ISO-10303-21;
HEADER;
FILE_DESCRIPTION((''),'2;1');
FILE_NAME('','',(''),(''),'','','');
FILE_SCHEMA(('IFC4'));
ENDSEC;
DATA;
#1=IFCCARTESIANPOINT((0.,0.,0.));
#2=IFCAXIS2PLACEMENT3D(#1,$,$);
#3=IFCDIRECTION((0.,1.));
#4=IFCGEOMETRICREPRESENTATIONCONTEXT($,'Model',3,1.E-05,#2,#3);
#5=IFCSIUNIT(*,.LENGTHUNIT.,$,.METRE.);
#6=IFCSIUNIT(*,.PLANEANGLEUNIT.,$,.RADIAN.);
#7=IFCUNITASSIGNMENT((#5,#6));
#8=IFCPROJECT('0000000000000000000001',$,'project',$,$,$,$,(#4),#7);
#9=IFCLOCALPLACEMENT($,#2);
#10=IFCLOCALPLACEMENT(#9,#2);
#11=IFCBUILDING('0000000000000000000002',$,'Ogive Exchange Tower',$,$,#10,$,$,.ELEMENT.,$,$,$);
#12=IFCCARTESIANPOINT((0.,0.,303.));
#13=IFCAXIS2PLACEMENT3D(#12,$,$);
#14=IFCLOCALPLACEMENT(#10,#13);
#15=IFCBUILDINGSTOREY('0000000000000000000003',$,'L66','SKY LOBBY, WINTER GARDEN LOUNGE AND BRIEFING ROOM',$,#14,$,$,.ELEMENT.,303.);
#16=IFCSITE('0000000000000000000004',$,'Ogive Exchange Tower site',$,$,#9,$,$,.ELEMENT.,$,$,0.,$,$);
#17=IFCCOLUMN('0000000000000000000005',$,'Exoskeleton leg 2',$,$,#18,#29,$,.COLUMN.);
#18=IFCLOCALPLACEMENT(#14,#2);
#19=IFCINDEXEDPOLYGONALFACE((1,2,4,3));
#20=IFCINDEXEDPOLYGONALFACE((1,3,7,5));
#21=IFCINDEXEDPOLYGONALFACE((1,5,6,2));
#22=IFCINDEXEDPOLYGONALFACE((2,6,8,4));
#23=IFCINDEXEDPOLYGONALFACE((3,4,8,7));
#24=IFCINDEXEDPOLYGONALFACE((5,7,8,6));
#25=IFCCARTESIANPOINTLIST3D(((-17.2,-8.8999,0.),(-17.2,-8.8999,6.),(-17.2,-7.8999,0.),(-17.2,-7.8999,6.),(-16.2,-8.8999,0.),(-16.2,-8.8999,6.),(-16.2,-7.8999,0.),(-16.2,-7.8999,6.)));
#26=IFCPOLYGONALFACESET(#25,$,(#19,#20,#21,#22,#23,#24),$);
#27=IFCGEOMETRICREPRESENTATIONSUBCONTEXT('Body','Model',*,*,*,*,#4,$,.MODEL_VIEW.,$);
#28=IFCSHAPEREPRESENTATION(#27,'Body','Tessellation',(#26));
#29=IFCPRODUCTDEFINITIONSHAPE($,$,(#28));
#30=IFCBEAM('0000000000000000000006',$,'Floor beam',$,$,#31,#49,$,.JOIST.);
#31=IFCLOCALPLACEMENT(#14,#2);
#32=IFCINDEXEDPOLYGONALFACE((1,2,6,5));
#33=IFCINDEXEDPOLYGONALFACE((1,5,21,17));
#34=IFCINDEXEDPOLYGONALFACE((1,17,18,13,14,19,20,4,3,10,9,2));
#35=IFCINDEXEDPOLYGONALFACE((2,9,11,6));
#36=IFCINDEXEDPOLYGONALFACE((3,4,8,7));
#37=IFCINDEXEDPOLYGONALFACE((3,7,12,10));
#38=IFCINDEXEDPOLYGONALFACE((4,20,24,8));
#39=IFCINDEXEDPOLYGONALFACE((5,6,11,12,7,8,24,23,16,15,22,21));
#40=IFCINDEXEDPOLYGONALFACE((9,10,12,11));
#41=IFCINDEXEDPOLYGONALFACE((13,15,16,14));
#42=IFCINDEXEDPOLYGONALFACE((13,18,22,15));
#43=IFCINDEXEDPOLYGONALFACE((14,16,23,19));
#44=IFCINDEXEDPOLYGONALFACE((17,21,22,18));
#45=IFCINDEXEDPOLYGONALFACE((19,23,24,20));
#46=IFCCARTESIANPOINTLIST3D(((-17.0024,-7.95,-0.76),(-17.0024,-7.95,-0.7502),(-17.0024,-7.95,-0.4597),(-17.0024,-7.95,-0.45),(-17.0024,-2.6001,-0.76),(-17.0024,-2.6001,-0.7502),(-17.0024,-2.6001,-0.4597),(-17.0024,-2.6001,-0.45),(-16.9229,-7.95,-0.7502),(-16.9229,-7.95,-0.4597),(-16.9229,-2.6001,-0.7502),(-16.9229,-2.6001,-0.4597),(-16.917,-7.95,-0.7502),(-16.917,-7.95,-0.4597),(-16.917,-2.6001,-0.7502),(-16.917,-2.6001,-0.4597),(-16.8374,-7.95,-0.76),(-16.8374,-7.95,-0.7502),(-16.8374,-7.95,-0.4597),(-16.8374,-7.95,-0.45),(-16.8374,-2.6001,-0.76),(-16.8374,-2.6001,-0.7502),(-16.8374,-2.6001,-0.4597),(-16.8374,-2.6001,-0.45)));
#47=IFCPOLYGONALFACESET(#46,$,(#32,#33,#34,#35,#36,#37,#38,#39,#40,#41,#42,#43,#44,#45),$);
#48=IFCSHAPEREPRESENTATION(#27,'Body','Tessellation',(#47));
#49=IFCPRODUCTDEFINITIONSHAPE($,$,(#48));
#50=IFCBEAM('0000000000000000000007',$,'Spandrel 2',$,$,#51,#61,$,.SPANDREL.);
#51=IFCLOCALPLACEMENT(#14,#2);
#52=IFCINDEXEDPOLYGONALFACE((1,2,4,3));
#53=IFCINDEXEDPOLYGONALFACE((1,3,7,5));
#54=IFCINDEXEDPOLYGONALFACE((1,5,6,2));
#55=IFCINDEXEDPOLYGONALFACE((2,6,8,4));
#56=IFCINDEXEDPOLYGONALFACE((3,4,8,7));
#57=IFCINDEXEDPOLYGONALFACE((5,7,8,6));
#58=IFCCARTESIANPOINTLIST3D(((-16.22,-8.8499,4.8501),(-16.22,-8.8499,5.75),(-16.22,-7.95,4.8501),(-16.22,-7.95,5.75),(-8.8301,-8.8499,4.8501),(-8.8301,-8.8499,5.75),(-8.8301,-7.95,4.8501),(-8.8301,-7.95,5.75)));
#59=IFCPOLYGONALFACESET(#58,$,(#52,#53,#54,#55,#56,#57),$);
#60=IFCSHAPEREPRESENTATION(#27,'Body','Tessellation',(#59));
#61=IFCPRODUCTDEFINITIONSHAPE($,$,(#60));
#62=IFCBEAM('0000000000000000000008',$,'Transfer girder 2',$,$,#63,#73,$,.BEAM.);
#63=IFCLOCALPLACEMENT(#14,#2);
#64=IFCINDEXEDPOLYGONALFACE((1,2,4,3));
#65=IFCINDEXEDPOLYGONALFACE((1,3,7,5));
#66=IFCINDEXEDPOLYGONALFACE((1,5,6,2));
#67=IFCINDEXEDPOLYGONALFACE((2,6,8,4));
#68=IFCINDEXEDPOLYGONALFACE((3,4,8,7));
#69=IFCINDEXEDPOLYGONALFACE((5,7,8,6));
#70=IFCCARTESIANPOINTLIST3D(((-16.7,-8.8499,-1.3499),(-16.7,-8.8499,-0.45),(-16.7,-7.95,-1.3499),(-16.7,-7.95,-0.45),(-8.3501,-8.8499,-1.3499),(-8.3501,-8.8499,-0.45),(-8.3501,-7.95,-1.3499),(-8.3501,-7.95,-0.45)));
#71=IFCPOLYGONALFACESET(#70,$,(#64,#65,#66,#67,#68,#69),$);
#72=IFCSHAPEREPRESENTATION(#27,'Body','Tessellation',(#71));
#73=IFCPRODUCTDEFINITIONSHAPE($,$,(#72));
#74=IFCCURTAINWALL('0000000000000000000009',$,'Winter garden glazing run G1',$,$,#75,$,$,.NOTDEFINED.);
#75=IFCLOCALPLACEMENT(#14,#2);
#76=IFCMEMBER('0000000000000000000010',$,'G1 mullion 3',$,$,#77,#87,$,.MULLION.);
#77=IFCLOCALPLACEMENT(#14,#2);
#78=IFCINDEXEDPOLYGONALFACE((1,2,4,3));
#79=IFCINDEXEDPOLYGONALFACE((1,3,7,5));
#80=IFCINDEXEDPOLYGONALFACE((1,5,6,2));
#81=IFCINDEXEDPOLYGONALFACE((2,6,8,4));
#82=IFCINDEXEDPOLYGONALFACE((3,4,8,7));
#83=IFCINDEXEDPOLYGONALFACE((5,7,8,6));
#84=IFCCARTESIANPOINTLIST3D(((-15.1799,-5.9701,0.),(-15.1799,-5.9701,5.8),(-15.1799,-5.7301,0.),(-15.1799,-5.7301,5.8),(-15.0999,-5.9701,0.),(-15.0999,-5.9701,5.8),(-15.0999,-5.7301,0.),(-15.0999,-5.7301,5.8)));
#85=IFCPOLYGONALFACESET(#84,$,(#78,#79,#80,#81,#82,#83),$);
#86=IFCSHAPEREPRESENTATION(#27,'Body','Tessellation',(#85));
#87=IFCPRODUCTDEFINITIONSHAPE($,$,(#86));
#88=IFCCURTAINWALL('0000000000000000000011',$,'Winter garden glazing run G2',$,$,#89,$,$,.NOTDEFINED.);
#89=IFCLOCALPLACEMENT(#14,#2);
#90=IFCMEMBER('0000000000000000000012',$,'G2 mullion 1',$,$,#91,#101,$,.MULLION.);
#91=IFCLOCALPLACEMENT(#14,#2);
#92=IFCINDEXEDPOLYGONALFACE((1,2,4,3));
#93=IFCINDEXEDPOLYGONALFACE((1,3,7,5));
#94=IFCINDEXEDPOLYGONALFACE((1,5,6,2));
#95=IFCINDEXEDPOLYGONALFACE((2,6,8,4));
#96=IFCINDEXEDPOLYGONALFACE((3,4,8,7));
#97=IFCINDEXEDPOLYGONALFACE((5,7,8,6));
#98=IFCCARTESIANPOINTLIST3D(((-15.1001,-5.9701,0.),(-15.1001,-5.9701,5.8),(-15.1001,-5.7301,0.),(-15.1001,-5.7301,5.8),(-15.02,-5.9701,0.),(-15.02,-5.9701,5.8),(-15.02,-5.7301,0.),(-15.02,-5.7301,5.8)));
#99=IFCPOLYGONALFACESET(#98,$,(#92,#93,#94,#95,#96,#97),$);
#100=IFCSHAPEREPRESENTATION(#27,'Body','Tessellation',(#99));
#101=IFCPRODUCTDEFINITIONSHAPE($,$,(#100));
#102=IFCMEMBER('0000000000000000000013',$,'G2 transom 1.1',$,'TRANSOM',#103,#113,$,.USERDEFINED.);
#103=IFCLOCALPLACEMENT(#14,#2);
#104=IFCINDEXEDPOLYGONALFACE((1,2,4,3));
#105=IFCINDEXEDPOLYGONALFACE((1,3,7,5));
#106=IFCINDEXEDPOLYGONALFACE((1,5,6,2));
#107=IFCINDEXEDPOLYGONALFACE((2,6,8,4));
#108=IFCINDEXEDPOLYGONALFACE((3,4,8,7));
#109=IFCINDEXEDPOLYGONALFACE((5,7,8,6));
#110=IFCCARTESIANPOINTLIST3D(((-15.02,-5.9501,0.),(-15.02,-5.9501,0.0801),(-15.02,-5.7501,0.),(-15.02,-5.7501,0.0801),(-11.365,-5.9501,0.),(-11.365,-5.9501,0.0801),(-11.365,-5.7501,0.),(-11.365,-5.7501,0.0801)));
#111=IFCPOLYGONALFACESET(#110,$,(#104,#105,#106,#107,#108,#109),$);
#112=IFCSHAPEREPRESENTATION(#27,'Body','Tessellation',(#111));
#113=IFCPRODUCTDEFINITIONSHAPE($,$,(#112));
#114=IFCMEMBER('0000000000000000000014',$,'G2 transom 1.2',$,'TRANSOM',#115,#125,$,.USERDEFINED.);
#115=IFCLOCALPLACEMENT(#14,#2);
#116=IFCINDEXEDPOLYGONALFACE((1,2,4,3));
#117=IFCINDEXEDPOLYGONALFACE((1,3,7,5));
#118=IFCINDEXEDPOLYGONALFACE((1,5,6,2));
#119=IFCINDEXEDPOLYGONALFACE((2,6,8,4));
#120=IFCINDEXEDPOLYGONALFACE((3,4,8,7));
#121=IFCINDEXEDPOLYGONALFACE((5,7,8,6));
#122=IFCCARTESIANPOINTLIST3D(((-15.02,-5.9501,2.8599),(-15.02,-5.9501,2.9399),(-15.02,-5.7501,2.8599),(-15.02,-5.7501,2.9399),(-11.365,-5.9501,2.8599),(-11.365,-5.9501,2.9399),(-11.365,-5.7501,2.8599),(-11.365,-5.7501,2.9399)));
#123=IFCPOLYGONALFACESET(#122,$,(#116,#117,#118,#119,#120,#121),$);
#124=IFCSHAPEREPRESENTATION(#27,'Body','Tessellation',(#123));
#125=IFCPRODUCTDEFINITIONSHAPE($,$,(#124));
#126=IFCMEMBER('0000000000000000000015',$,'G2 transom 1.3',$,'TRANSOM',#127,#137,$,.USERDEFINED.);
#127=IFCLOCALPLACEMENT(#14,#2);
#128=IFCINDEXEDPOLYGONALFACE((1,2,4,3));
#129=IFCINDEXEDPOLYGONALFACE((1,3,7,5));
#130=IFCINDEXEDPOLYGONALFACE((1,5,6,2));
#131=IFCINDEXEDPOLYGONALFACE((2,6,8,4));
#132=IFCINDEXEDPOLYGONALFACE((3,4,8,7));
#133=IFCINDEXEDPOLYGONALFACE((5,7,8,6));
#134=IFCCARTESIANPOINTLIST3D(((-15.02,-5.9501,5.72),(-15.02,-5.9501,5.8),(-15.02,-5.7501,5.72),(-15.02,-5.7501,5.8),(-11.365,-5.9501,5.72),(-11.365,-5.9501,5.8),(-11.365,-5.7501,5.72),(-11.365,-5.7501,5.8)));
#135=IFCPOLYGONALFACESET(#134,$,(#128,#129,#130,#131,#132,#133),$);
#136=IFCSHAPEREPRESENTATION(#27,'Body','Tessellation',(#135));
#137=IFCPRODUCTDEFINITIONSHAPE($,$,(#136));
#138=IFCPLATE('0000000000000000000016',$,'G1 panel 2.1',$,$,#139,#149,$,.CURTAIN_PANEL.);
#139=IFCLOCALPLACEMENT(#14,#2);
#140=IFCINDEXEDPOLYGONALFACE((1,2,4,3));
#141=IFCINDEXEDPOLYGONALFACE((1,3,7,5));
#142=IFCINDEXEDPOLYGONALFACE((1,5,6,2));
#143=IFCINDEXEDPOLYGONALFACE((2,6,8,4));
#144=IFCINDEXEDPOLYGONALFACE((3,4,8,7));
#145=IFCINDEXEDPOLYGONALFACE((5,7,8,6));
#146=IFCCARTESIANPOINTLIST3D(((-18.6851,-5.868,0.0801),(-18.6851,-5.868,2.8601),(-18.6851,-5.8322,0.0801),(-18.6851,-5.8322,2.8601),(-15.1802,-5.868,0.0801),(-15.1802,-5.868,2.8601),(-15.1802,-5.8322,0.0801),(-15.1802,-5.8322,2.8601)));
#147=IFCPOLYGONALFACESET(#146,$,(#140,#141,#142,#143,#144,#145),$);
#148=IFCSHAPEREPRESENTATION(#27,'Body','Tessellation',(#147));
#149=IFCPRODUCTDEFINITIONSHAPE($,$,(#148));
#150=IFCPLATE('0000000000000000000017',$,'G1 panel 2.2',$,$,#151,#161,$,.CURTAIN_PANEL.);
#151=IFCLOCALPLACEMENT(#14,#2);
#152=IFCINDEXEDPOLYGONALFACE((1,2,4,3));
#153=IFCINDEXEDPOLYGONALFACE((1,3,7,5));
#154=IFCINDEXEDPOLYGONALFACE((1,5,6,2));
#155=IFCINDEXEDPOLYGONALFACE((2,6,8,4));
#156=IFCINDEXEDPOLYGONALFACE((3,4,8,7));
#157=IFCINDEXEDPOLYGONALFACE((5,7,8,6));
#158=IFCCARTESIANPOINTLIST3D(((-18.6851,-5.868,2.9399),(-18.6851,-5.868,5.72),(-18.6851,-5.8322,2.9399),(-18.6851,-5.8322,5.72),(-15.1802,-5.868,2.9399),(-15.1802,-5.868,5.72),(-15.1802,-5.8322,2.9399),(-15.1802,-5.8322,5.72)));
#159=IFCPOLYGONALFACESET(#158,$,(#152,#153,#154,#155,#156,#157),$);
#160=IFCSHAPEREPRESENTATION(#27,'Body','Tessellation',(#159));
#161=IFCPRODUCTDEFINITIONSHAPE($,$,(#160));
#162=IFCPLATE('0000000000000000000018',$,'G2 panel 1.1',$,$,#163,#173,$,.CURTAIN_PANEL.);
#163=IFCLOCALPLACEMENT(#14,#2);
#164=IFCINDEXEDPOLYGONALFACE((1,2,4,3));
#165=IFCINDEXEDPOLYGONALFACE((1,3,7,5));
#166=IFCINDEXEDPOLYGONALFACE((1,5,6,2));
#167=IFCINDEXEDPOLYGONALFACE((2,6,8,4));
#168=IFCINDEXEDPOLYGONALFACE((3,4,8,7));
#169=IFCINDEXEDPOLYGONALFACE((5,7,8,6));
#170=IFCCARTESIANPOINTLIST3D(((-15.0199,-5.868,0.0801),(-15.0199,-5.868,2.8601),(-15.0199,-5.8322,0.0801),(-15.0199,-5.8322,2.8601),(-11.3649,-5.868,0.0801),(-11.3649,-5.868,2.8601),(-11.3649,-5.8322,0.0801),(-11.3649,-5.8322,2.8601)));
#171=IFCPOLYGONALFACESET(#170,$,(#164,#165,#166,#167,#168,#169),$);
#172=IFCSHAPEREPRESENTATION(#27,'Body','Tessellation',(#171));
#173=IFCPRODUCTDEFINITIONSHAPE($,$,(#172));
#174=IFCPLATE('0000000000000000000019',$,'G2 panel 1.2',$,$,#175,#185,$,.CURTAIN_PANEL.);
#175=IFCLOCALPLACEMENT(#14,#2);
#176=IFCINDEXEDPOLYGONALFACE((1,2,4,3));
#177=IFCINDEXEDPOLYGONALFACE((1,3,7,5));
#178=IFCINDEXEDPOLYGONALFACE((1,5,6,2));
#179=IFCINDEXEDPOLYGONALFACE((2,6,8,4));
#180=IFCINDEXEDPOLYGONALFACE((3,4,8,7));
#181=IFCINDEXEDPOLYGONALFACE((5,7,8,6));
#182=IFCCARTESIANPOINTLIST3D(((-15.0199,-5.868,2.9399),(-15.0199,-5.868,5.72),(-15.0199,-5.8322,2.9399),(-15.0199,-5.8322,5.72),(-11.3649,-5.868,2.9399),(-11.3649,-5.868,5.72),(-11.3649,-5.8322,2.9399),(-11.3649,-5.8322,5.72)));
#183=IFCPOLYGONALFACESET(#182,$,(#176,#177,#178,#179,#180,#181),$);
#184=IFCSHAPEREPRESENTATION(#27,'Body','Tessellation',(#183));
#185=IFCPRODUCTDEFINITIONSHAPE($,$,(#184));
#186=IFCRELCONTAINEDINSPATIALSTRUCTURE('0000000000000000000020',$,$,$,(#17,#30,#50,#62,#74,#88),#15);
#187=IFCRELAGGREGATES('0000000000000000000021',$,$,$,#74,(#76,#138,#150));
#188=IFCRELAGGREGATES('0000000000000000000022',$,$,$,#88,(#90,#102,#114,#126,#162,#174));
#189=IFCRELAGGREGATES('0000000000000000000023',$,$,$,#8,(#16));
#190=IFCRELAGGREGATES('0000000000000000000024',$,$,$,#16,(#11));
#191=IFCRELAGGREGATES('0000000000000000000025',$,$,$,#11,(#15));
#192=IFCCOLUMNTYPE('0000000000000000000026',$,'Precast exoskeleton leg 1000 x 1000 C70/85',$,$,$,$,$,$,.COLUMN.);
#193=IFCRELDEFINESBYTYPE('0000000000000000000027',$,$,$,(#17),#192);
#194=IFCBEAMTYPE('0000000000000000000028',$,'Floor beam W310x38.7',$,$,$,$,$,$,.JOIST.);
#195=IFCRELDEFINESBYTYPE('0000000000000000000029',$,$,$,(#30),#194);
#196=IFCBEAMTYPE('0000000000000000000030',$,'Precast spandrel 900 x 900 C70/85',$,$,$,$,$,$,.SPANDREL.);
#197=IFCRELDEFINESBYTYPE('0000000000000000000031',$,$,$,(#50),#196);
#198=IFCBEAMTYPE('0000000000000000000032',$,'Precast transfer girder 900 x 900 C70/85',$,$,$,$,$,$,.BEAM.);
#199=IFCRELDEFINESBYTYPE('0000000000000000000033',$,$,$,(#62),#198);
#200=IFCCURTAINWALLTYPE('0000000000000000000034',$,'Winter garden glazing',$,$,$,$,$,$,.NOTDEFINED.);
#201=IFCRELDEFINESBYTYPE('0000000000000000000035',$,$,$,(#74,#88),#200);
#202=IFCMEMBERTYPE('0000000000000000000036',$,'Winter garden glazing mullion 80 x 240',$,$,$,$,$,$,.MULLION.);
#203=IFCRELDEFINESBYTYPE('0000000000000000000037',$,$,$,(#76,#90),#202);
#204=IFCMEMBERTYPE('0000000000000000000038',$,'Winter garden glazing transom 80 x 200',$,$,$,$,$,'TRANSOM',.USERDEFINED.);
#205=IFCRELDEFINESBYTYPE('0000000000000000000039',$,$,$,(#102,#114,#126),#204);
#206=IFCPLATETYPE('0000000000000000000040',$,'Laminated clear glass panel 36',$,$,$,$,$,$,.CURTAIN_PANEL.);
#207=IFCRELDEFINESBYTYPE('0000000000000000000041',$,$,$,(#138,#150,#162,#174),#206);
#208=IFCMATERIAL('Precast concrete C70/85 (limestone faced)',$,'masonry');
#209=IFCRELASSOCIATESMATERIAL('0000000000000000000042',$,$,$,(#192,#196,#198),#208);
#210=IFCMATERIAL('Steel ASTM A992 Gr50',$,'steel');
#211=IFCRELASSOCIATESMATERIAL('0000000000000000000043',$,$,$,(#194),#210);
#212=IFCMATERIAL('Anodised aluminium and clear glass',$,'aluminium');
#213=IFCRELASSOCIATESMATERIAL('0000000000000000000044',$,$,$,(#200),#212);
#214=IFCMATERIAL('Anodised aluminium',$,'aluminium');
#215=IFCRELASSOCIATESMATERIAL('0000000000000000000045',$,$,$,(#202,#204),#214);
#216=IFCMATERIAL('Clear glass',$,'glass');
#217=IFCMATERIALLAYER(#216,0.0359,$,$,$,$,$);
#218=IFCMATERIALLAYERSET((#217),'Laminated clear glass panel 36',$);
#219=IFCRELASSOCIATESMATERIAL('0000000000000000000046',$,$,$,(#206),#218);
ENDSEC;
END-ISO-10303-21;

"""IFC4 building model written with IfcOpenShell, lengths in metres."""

from ifc_helpers import new_model, si_unit, direction, frame, origin, origin_2d, place, context, subcontext, project, spatial, rectangle, i_section, extrude, material, layer, layer_set, material_profile, profile_set, type_object, element, aggregate, save


model = new_model("IFC4")

# Units and contexts
model_context = context("Model", 3, precision=1e-05, world=origin(), true_north=direction((0.0, 1.0)))
body_context = subcontext(model_context, "Body", "Model", "MODEL_VIEW")
ifc_project = project(units=[si_unit("LENGTHUNIT", "METRE"), si_unit("PLANEANGLEUNIT", "RADIAN")], contexts=[model_context])

# Site, building, storey
site_placement = place(None, origin())
site = spatial("IfcSite", under=ifc_project, at=site_placement, Name="Ogive Exchange Tower site", CompositionType="ELEMENT", RefElevation=0.0)
building_placement = place(site_placement, origin())
building = spatial("IfcBuilding", under=site, at=building_placement, Name="Ogive Exchange Tower", CompositionType="ELEMENT")
storey_placement = place(building_placement, frame((0.0, 0.0, 303.0)))
storey = spatial("IfcBuildingStorey", under=building, at=storey_placement, Name="L66", Description="SKY LOBBY, WINTER GARDEN LOUNGE AND BRIEFING ROOM", CompositionType="ELEMENT", Elevation=303.0)

# Column
ifc_material_1 = material(Name="Precast concrete C70/85 (limestone faced)", Category="masonry")
ifc_material_profile_1 = material_profile(ifc_material_1, rectangle(XDim=1.0, YDim=1.0, at=origin_2d()), Name="1000 x 1000")
ifc_profile_set_1 = profile_set([ifc_material_profile_1], Name="Precast concrete C70/85 (limestone faced)")
column_type = type_object("IfcColumnType", Name="Precast exoskeleton leg 1000 x 1000 C70/85", PredefinedType="COLUMN", material=ifc_profile_set_1)
column_placement = place(storey_placement, frame((-16.7, -8.3999, 0.0), z_axis=(0.0, 0.0, 1.0), x_axis=(1.0, 0.0, 0.0)))
element("IfcColumn", 1, at=column_placement, inside=storey, type_object=column_type, Name="Exoskeleton leg 2", PredefinedType="COLUMN", context=body_context, shape_type="SweptSolid", body=[
    extrude(rectangle(XDim=1.0, YDim=1.0, at=origin_2d()), origin(), (0.0, 0.0, 1.0), 6.0),
])

# Beams
ifc_material_2 = material(Name="Steel ASTM A992 Gr50", Category="steel")
ifc_material_profile_2 = material_profile(ifc_material_2, i_section(OverallWidth=0.165, OverallDepth=0.3101, WebThickness=0.0059, FlangeThickness=0.0098, at=origin_2d()), Name="W310x38.7")
ifc_profile_set_2 = profile_set([ifc_material_profile_2], Name="Steel ASTM A992 Gr50")
beam_type_1 = type_object("IfcBeamType", Name="Floor beam W310x38.7", PredefinedType="JOIST", material=ifc_profile_set_2)
beam_1_placement = place(storey_placement, frame((-16.9199, -7.95, -0.605), z_axis=(0.0, 1.0, 0.0), x_axis=(-1.0, 0.0, 0.0)))
element("IfcBeam", 2, at=beam_1_placement, inside=storey, type_object=beam_type_1, Name="Floor beam", PredefinedType="JOIST", context=body_context, shape_type="SweptSolid", body=[
    extrude(i_section(OverallWidth=0.165, OverallDepth=0.3101, WebThickness=0.0059, FlangeThickness=0.0098, at=origin_2d()), origin(), (0.0, 0.0, 1.0), 5.3499),
])
ifc_material_profile_3 = material_profile(ifc_material_1, rectangle(XDim=0.8999, YDim=0.8999, at=origin_2d()), Name="900 x 900")
ifc_profile_set_3 = profile_set([ifc_material_profile_3], Name="Precast concrete C70/85 (limestone faced)")
beam_type_2 = type_object("IfcBeamType", Name="Precast spandrel 900 x 900 C70/85", PredefinedType="SPANDREL", material=ifc_profile_set_3)
beam_2_placement = place(storey_placement, frame((-16.22, -8.3999, 5.3), z_axis=(1.0, 0.0, 0.0), x_axis=(0.0, 1.0, 0.0)))
element("IfcBeam", 3, at=beam_2_placement, inside=storey, type_object=beam_type_2, Name="Spandrel 2", PredefinedType="SPANDREL", context=body_context, shape_type="SweptSolid", body=[
    extrude(rectangle(XDim=0.8999, YDim=0.8999, at=origin_2d()), origin(), (0.0, 0.0, 1.0), 7.3899),
])
ifc_material_profile_4 = material_profile(ifc_material_1, rectangle(XDim=0.8999, YDim=0.8999, at=origin_2d()), Name="900 x 900")
ifc_profile_set_4 = profile_set([ifc_material_profile_4], Name="Precast concrete C70/85 (limestone faced)")
beam_type_3 = type_object("IfcBeamType", Name="Precast transfer girder 900 x 900 C70/85", PredefinedType="BEAM", material=ifc_profile_set_4)
beam_3_placement = place(storey_placement, frame((-16.7, -8.3999, -0.8999), z_axis=(1.0, 0.0, 0.0), x_axis=(0.0, 1.0, 0.0)))
element("IfcBeam", 4, at=beam_3_placement, inside=storey, type_object=beam_type_3, Name="Transfer girder 2", PredefinedType="BEAM", context=body_context, shape_type="SweptSolid", body=[
    extrude(rectangle(XDim=0.8999, YDim=0.8999, at=origin_2d()), origin(), (0.0, 0.0, 1.0), 8.3499),
])

# Curtain wall, member
ifc_material_3 = material(Name="Anodised aluminium and clear glass", Category="aluminium")
curtain_wall_type = type_object("IfcCurtainWallType", Name="Winter garden glazing", PredefinedType="NOTDEFINED", material=ifc_material_3)
curtain_wall_1_placement = place(storey_placement, origin())
curtain_wall_1 = element("IfcCurtainWall", 5, at=curtain_wall_1_placement, inside=storey, type_object=curtain_wall_type, Name="Winter garden glazing run G1", PredefinedType="NOTDEFINED")
ifc_material_4 = material(Name="Anodised aluminium", Category="aluminium")
ifc_material_profile_5 = material_profile(ifc_material_4, rectangle(XDim=0.24, YDim=0.0801, at=origin_2d()), Name="AL 80x240")
ifc_profile_set_5 = profile_set([ifc_material_profile_5], Name="Anodised aluminium")
member_type_1 = type_object("IfcMemberType", Name="Winter garden glazing mullion 80 x 240", PredefinedType="MULLION", material=ifc_profile_set_5)
member_1_placement = place(storey_placement, frame((-15.1399, -5.8501, 0.0), z_axis=(0.0, 0.0, 1.0), x_axis=(0.0, 1.0, 0.0)))
member_1 = element("IfcMember", 6, at=member_1_placement, type_object=member_type_1, Name="G1 mullion 3", PredefinedType="MULLION", context=body_context, shape_type="SweptSolid", body=[
    extrude(rectangle(XDim=0.24, YDim=0.0801, at=origin_2d()), origin(), (0.0, 0.0, 1.0), 5.8),
])

# Curtain wall, members
curtain_wall_2_placement = place(storey_placement, origin())
curtain_wall_2 = element("IfcCurtainWall", 7, at=curtain_wall_2_placement, inside=storey, type_object=curtain_wall_type, Name="Winter garden glazing run G2", PredefinedType="NOTDEFINED")
member_2_placement = place(storey_placement, frame((-15.0601, -5.8501, 0.0), z_axis=(0.0, 0.0, 1.0), x_axis=(0.0, 1.0, 0.0)))
member_2 = element("IfcMember", 8, at=member_2_placement, type_object=member_type_1, Name="G2 mullion 1", PredefinedType="MULLION", context=body_context, shape_type="SweptSolid", body=[
    extrude(rectangle(XDim=0.24, YDim=0.0801, at=origin_2d()), origin(), (0.0, 0.0, 1.0), 5.8),
])
ifc_material_profile_6 = material_profile(ifc_material_4, rectangle(XDim=0.2, YDim=0.0801, at=origin_2d()), Name="AL 80x200")
ifc_profile_set_6 = profile_set([ifc_material_profile_6], Name="Anodised aluminium")
member_type_2 = type_object("IfcMemberType", Name="Winter garden glazing transom 80 x 200", ElementType="TRANSOM", PredefinedType="USERDEFINED", material=ifc_profile_set_6)
member_3_placement = place(storey_placement, frame((-15.02, -5.8501, 0.04), z_axis=(1.0, 0.0, 0.0), x_axis=(0.0, 1.0, 0.0)))
member_3 = element("IfcMember", 9, at=member_3_placement, type_object=member_type_2, Name="G2 transom 1.1", ObjectType="TRANSOM", PredefinedType="USERDEFINED", context=body_context, shape_type="SweptSolid", body=[
    extrude(rectangle(XDim=0.2, YDim=0.0801, at=origin_2d()), origin(), (0.0, 0.0, 1.0), 3.655),
])
member_4_placement = place(storey_placement, frame((-15.02, -5.8501, 2.8999), z_axis=(1.0, 0.0, 0.0), x_axis=(0.0, 1.0, 0.0)))
member_4 = element("IfcMember", 10, at=member_4_placement, type_object=member_type_2, Name="G2 transom 1.2", ObjectType="TRANSOM", PredefinedType="USERDEFINED", context=body_context, shape_type="SweptSolid", body=[
    extrude(rectangle(XDim=0.2, YDim=0.0801, at=origin_2d()), origin(), (0.0, 0.0, 1.0), 3.655),
])
member_5_placement = place(storey_placement, frame((-15.02, -5.8501, 5.76), z_axis=(1.0, 0.0, 0.0), x_axis=(0.0, 1.0, 0.0)))
member_5 = element("IfcMember", 11, at=member_5_placement, type_object=member_type_2, Name="G2 transom 1.3", ObjectType="TRANSOM", PredefinedType="USERDEFINED", context=body_context, shape_type="SweptSolid", body=[
    extrude(rectangle(XDim=0.2, YDim=0.0801, at=origin_2d()), origin(), (0.0, 0.0, 1.0), 3.655),
])

# Plates
ifc_material_5 = material(Name="Clear glass", Category="glass")
ifc_layer_1 = layer(ifc_material_5, 0.0359)
ifc_layer_set_1 = layer_set([ifc_layer_1], Name="Laminated clear glass panel 36")
plate_type = type_object("IfcPlateType", Name="Laminated clear glass panel 36", PredefinedType="CURTAIN_PANEL", material=ifc_layer_set_1)
plate_1_placement = place(storey_placement, frame((-16.9326, -5.8501, 0.0801), z_axis=(0.0, 0.0, 1.0), x_axis=(1.0, 0.0, 0.0)))
plate_1 = element("IfcPlate", 12, at=plate_1_placement, type_object=plate_type, Name="G1 panel 2.1", PredefinedType="CURTAIN_PANEL", context=body_context, shape_type="SweptSolid", body=[
    extrude(rectangle(XDim=3.5049, YDim=0.0359, at=origin_2d()), origin(), (0.0, 0.0, 1.0), 2.78),
])
plate_2_placement = place(storey_placement, frame((-16.9326, -5.8501, 2.9399), z_axis=(0.0, 0.0, 1.0), x_axis=(1.0, 0.0, 0.0)))
plate_2 = element("IfcPlate", 13, at=plate_2_placement, type_object=plate_type, Name="G1 panel 2.2", PredefinedType="CURTAIN_PANEL", context=body_context, shape_type="SweptSolid", body=[
    extrude(rectangle(XDim=3.5049, YDim=0.0359, at=origin_2d()), origin(), (0.0, 0.0, 1.0), 2.78),
])
aggregate(curtain_wall_1, [member_1, plate_1, plate_2])
plate_3_placement = place(storey_placement, frame((-13.1924, -5.8501, 0.0801), z_axis=(0.0, 0.0, 1.0), x_axis=(1.0, 0.0, 0.0)))
plate_3 = element("IfcPlate", 14, at=plate_3_placement, type_object=plate_type, Name="G2 panel 1.1", PredefinedType="CURTAIN_PANEL", context=body_context, shape_type="SweptSolid", body=[
    extrude(rectangle(XDim=3.655, YDim=0.0359, at=origin_2d()), origin(), (0.0, 0.0, 1.0), 2.78),
])
plate_4_placement = place(storey_placement, frame((-13.1924, -5.8501, 2.9399), z_axis=(0.0, 0.0, 1.0), x_axis=(1.0, 0.0, 0.0)))
plate_4 = element("IfcPlate", 15, at=plate_4_placement, type_object=plate_type, Name="G2 panel 1.2", PredefinedType="CURTAIN_PANEL", context=body_context, shape_type="SweptSolid", body=[
    extrude(rectangle(XDim=3.655, YDim=0.0359, at=origin_2d()), origin(), (0.0, 0.0, 1.0), 2.78),
])
aggregate(curtain_wall_2, [member_2, member_3, member_4, member_5, plate_3, plate_4])

save(model, "model.ifc")
